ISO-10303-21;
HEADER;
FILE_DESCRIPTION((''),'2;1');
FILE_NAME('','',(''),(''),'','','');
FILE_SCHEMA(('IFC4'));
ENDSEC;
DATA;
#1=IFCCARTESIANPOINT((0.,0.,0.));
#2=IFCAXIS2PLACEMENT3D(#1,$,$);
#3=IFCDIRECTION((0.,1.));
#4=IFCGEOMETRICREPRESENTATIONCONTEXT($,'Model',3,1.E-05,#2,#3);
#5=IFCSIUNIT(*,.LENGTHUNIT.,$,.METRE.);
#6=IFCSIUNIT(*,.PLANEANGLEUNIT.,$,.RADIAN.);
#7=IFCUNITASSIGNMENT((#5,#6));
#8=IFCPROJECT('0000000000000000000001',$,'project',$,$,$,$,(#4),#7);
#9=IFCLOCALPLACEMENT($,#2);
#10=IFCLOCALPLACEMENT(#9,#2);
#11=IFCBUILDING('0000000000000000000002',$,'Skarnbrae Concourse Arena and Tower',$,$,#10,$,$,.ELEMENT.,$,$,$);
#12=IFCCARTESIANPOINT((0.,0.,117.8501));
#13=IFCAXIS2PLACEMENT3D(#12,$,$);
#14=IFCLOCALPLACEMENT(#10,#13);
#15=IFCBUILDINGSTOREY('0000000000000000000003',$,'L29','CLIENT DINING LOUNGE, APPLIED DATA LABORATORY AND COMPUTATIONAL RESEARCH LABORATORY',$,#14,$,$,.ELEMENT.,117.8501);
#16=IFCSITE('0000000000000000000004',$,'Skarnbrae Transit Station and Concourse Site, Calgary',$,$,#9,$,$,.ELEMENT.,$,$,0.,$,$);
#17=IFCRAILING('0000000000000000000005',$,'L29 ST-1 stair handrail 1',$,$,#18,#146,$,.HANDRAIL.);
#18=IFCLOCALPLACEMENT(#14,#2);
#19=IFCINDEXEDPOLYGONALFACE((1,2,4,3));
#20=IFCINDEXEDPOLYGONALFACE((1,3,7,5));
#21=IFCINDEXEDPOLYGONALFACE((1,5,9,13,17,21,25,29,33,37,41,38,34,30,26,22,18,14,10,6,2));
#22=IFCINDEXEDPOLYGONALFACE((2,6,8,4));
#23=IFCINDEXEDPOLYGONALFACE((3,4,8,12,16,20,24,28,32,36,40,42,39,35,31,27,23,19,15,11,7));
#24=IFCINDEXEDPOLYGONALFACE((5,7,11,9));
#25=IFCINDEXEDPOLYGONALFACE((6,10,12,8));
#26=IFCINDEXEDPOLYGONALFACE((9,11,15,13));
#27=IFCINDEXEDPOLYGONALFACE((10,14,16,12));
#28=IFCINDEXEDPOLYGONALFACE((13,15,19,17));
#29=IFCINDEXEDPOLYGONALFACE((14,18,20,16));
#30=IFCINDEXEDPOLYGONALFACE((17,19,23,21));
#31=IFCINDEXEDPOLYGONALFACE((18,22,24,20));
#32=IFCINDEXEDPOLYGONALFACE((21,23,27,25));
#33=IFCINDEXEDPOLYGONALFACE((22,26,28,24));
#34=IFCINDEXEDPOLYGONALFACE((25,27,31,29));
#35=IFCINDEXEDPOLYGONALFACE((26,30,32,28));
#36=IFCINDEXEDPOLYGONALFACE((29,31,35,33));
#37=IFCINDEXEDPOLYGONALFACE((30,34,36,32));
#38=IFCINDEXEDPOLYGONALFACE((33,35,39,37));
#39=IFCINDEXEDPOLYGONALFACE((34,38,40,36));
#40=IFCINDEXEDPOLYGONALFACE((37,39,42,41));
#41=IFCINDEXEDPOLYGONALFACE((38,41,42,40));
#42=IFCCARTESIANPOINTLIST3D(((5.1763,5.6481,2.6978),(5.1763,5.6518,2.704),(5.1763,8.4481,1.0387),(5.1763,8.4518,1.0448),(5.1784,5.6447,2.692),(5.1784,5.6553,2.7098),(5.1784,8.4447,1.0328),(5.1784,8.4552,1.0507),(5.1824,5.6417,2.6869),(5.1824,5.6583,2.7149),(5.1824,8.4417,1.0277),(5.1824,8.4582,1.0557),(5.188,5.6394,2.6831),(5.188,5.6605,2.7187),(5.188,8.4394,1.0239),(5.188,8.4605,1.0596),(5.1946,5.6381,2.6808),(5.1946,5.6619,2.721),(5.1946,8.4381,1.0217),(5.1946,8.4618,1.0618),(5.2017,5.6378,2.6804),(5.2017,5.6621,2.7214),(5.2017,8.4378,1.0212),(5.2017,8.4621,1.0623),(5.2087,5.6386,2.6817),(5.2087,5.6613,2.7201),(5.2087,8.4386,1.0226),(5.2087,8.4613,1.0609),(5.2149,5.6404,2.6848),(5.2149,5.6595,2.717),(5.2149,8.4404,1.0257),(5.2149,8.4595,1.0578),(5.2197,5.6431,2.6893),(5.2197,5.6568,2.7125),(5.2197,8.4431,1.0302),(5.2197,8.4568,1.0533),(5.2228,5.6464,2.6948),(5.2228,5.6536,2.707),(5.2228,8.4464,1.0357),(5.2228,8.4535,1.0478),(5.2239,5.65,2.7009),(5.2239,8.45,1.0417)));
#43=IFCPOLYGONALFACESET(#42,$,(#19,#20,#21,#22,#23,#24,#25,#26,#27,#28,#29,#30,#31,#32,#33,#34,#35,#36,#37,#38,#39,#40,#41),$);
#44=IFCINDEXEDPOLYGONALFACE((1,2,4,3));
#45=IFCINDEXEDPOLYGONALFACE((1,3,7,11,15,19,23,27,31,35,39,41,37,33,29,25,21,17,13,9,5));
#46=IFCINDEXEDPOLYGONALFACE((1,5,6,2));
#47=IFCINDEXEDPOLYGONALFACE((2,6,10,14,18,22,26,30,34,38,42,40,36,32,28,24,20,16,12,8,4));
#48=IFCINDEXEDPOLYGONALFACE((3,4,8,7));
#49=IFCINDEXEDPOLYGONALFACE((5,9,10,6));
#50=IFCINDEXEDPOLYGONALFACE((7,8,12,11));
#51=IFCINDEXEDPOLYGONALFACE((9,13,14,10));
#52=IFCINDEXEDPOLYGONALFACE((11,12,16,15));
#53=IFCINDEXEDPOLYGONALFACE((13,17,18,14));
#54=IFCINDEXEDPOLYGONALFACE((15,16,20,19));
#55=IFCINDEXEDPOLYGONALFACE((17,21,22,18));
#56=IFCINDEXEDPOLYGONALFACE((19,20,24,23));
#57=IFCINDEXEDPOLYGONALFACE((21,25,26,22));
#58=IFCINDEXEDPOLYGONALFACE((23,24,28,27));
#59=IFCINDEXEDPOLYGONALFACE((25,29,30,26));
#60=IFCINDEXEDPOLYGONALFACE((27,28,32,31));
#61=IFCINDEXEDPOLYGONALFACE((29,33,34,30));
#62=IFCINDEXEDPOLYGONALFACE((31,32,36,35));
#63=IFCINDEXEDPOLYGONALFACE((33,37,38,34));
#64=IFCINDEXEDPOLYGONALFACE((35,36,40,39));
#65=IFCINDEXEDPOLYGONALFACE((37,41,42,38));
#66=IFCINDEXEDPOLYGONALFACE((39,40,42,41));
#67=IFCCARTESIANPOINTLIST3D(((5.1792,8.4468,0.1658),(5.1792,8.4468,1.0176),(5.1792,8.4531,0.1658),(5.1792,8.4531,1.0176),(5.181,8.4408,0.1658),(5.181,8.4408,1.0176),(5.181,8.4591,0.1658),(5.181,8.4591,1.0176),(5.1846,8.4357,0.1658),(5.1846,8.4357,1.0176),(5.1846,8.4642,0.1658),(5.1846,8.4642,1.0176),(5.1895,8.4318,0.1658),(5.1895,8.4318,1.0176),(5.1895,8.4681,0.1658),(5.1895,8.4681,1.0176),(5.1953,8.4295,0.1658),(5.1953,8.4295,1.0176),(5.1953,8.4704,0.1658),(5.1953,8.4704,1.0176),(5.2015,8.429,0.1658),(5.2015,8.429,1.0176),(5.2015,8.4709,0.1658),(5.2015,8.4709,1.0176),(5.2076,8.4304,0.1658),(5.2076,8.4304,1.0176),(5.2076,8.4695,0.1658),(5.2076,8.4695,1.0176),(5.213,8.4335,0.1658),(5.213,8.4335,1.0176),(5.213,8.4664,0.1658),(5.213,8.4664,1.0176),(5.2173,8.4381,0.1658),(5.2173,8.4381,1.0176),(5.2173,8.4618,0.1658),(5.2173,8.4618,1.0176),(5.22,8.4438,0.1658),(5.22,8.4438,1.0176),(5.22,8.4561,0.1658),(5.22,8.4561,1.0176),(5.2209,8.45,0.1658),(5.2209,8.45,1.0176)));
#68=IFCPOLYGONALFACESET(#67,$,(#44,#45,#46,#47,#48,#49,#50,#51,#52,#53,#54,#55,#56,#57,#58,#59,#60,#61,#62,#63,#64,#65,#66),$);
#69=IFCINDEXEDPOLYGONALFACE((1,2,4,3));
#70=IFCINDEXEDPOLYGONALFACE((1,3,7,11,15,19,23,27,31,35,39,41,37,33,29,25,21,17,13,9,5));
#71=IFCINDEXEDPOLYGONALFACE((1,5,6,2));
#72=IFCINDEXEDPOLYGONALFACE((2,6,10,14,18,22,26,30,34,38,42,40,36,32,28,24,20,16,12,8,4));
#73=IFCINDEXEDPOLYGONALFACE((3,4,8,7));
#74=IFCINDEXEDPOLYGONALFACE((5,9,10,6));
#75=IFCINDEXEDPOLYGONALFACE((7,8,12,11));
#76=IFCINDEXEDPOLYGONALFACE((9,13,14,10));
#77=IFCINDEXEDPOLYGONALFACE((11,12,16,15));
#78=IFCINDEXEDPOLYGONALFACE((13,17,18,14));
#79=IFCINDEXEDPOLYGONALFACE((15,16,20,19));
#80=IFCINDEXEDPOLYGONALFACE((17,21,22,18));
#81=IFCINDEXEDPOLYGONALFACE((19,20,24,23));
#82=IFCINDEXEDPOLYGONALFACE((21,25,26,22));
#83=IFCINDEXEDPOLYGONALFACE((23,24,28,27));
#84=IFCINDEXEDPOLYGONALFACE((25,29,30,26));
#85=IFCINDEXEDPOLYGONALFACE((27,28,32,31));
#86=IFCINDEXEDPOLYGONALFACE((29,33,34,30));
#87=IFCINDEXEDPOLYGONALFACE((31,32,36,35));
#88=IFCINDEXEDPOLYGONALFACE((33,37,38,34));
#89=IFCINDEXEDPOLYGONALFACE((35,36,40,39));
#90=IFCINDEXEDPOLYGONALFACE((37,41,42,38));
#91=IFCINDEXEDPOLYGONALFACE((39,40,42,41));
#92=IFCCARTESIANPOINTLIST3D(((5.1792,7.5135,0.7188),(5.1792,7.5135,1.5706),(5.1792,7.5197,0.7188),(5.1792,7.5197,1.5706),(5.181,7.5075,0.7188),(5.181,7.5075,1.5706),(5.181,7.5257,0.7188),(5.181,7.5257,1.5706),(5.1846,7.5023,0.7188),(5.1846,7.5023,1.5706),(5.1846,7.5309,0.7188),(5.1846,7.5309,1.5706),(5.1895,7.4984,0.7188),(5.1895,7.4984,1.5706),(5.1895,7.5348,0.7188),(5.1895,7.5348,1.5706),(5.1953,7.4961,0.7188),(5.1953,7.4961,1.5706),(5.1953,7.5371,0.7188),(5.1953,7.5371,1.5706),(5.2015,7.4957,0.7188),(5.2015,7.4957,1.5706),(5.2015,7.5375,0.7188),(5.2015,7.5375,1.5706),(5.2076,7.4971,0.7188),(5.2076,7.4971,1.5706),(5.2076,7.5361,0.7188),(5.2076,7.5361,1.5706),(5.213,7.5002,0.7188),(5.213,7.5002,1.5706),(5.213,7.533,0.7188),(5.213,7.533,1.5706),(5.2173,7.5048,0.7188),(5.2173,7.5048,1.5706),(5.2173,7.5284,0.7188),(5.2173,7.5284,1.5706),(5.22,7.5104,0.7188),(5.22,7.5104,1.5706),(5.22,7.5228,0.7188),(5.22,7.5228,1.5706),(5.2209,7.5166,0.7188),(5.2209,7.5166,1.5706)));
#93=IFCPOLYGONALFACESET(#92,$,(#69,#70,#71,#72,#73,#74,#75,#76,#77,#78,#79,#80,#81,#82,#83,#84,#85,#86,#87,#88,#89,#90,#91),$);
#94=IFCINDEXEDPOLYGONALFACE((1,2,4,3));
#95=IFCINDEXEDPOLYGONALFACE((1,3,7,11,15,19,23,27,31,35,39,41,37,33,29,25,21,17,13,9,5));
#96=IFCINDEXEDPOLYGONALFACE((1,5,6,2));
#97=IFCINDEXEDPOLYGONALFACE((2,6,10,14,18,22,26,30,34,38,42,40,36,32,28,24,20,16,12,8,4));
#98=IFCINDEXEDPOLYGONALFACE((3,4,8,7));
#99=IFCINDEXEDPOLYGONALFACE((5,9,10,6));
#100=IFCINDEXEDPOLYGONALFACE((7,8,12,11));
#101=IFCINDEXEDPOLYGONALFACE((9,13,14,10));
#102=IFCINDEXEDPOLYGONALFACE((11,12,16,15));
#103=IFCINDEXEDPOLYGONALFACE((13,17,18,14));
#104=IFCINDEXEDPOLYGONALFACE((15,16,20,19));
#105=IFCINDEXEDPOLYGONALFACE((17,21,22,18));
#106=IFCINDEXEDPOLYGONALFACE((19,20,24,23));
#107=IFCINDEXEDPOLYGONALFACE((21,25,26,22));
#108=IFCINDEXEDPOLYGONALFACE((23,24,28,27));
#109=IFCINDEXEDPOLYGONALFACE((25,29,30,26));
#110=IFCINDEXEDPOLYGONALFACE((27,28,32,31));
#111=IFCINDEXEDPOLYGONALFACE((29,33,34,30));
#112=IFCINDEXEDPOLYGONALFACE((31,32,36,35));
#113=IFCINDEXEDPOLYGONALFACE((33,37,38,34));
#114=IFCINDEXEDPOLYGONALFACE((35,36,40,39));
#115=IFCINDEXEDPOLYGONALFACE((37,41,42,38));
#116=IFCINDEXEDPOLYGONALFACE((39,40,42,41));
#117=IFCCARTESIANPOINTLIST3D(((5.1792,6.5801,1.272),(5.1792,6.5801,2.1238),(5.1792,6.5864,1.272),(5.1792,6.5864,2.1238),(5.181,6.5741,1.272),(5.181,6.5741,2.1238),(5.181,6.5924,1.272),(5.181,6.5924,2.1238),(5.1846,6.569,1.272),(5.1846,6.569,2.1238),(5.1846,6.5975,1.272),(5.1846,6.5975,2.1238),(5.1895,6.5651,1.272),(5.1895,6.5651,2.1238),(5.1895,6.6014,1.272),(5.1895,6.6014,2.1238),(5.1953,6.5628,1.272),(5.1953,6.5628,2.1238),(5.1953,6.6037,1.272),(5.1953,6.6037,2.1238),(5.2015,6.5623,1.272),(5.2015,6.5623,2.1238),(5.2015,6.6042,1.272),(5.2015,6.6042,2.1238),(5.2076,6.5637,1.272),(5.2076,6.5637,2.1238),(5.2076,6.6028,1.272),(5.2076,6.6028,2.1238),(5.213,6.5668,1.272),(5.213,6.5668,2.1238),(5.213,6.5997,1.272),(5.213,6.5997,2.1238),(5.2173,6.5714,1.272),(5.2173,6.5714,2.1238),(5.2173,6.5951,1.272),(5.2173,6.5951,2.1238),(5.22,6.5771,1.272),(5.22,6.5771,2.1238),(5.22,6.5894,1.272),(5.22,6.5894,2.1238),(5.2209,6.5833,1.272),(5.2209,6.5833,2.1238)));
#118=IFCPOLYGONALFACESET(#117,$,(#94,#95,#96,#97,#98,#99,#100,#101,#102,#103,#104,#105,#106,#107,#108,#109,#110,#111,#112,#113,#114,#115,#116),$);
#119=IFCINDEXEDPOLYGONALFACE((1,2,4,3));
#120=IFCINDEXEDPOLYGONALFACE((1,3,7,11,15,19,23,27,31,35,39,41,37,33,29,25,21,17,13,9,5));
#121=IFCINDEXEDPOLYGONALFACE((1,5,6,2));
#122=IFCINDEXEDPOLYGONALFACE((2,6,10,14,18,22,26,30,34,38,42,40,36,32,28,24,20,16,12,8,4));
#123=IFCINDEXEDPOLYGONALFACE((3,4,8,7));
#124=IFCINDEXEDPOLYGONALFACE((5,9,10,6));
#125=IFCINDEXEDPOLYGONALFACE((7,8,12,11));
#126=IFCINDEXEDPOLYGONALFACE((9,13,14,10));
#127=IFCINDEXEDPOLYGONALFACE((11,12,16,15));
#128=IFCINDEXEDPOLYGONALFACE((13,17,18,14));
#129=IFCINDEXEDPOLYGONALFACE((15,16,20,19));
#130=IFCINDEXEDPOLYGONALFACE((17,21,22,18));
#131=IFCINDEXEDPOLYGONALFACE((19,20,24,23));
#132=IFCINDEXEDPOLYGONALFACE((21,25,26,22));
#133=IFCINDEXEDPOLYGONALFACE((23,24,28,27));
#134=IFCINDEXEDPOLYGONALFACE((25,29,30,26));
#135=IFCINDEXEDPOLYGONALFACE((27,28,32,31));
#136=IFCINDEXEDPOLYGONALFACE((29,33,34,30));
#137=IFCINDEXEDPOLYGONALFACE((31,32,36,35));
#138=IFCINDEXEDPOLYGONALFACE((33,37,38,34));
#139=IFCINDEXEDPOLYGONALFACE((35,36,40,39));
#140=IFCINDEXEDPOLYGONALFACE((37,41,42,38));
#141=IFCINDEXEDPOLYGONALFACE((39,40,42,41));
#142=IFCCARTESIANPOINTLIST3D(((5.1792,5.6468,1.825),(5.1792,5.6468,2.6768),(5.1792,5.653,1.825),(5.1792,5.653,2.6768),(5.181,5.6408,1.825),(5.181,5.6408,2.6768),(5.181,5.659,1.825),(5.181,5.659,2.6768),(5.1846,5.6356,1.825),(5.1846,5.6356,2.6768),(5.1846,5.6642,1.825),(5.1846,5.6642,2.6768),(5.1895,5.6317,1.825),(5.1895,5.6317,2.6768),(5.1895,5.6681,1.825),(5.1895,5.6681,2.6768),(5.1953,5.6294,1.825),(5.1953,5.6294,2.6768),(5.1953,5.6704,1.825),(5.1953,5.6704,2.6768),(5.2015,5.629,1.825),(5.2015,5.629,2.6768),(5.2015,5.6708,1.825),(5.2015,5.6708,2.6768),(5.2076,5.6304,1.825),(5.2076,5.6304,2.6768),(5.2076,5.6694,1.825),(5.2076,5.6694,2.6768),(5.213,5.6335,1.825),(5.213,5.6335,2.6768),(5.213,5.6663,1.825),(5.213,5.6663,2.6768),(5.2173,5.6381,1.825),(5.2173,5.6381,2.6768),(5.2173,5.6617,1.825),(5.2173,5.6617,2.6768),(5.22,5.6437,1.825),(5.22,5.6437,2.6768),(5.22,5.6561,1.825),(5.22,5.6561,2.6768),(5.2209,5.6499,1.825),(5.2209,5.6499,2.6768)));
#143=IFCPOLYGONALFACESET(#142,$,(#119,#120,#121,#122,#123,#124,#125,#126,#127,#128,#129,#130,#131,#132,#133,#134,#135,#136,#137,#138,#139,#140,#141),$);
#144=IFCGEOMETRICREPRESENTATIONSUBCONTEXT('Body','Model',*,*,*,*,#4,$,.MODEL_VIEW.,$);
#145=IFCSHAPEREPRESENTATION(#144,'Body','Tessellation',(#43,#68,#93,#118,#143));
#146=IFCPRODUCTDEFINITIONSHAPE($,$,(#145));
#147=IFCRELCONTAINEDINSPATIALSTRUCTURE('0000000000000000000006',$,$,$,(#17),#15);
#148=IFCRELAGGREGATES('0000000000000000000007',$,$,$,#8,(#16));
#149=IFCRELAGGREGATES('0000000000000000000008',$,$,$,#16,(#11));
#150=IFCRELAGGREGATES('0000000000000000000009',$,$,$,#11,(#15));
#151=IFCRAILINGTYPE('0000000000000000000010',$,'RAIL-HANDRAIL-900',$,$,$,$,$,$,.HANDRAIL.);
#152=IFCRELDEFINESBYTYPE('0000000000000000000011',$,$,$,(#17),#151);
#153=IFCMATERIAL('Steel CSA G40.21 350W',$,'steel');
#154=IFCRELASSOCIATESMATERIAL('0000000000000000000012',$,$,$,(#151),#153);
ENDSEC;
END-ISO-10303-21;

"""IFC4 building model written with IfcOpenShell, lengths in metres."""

from ifc_helpers import new_model, si_unit, direction, frame, origin, origin_2d, place, context, subcontext, project, spatial, circle, extrude, material, type_object, element, save


model = new_model("IFC4")

# Units and contexts
model_context = context("Model", 3, precision=1e-05, world=origin(), true_north=direction((0.0, 1.0)))
body_context = subcontext(model_context, "Body", "Model", "MODEL_VIEW")
ifc_project = project(units=[si_unit("LENGTHUNIT", "METRE"), si_unit("PLANEANGLEUNIT", "RADIAN")], contexts=[model_context])

# Site, building, storey
site_placement = place(None, origin())
site = spatial("IfcSite", under=ifc_project, at=site_placement, Name="Skarnbrae Transit Station and Concourse Site, Calgary", CompositionType="ELEMENT", RefElevation=0.0)
building_placement = place(site_placement, origin())
building = spatial("IfcBuilding", under=site, at=building_placement, Name="Skarnbrae Concourse Arena and Tower", CompositionType="ELEMENT")
storey_placement = place(building_placement, frame((0.0, 0.0, 117.8501)))
storey = spatial("IfcBuildingStorey", under=building, at=storey_placement, Name="L29", Description="CLIENT DINING LOUNGE, APPLIED DATA LABORATORY AND COMPUTATIONAL RESEARCH LABORATORY", CompositionType="ELEMENT", Elevation=117.8501)

# Shared definitions
ifc_material_1 = material(Name="Steel CSA G40.21 350W", Category="steel")

# Railing
railing_type_1 = type_object("IfcRailingType", Name="RAIL-HANDRAIL-900", PredefinedType="HANDRAIL", material=ifc_material_1)
railing_1_placement = place(storey_placement, frame((5.2, 8.45, 0.1658)))
element("IfcRailing", 1, at=railing_1_placement, inside=storey, type_object=railing_type_1, Name="L29 ST-1 stair handrail 1", PredefinedType="HANDRAIL", context=body_context, shape_type="SweptSolid", body=[
    extrude(circle(Radius=0.0239, at=origin_2d()), frame((0.0, 0.0, 0.876), z_axis=(0.0, -0.860306, 0.509778), x_axis=(1.0, 0.0, 0.0)), (0.0, 0.0, 1.0), 3.2546),
    extrude(circle(Radius=0.021, at=origin_2d()), origin(), (0.0, 0.0, 1.0), 0.8518),
    extrude(circle(Radius=0.021, at=origin_2d()), frame((0.0, -0.9333, 0.553)), (0.0, 0.0, 1.0), 0.8518),
    extrude(circle(Radius=0.021, at=origin_2d()), frame((0.0, -1.8667, 1.1062)), (0.0, 0.0, 1.0), 0.8518),
    extrude(circle(Radius=0.021, at=origin_2d()), frame((0.0, -2.8, 1.6592)), (0.0, 0.0, 1.0), 0.8518),
])

save(model, "model.ifc")
